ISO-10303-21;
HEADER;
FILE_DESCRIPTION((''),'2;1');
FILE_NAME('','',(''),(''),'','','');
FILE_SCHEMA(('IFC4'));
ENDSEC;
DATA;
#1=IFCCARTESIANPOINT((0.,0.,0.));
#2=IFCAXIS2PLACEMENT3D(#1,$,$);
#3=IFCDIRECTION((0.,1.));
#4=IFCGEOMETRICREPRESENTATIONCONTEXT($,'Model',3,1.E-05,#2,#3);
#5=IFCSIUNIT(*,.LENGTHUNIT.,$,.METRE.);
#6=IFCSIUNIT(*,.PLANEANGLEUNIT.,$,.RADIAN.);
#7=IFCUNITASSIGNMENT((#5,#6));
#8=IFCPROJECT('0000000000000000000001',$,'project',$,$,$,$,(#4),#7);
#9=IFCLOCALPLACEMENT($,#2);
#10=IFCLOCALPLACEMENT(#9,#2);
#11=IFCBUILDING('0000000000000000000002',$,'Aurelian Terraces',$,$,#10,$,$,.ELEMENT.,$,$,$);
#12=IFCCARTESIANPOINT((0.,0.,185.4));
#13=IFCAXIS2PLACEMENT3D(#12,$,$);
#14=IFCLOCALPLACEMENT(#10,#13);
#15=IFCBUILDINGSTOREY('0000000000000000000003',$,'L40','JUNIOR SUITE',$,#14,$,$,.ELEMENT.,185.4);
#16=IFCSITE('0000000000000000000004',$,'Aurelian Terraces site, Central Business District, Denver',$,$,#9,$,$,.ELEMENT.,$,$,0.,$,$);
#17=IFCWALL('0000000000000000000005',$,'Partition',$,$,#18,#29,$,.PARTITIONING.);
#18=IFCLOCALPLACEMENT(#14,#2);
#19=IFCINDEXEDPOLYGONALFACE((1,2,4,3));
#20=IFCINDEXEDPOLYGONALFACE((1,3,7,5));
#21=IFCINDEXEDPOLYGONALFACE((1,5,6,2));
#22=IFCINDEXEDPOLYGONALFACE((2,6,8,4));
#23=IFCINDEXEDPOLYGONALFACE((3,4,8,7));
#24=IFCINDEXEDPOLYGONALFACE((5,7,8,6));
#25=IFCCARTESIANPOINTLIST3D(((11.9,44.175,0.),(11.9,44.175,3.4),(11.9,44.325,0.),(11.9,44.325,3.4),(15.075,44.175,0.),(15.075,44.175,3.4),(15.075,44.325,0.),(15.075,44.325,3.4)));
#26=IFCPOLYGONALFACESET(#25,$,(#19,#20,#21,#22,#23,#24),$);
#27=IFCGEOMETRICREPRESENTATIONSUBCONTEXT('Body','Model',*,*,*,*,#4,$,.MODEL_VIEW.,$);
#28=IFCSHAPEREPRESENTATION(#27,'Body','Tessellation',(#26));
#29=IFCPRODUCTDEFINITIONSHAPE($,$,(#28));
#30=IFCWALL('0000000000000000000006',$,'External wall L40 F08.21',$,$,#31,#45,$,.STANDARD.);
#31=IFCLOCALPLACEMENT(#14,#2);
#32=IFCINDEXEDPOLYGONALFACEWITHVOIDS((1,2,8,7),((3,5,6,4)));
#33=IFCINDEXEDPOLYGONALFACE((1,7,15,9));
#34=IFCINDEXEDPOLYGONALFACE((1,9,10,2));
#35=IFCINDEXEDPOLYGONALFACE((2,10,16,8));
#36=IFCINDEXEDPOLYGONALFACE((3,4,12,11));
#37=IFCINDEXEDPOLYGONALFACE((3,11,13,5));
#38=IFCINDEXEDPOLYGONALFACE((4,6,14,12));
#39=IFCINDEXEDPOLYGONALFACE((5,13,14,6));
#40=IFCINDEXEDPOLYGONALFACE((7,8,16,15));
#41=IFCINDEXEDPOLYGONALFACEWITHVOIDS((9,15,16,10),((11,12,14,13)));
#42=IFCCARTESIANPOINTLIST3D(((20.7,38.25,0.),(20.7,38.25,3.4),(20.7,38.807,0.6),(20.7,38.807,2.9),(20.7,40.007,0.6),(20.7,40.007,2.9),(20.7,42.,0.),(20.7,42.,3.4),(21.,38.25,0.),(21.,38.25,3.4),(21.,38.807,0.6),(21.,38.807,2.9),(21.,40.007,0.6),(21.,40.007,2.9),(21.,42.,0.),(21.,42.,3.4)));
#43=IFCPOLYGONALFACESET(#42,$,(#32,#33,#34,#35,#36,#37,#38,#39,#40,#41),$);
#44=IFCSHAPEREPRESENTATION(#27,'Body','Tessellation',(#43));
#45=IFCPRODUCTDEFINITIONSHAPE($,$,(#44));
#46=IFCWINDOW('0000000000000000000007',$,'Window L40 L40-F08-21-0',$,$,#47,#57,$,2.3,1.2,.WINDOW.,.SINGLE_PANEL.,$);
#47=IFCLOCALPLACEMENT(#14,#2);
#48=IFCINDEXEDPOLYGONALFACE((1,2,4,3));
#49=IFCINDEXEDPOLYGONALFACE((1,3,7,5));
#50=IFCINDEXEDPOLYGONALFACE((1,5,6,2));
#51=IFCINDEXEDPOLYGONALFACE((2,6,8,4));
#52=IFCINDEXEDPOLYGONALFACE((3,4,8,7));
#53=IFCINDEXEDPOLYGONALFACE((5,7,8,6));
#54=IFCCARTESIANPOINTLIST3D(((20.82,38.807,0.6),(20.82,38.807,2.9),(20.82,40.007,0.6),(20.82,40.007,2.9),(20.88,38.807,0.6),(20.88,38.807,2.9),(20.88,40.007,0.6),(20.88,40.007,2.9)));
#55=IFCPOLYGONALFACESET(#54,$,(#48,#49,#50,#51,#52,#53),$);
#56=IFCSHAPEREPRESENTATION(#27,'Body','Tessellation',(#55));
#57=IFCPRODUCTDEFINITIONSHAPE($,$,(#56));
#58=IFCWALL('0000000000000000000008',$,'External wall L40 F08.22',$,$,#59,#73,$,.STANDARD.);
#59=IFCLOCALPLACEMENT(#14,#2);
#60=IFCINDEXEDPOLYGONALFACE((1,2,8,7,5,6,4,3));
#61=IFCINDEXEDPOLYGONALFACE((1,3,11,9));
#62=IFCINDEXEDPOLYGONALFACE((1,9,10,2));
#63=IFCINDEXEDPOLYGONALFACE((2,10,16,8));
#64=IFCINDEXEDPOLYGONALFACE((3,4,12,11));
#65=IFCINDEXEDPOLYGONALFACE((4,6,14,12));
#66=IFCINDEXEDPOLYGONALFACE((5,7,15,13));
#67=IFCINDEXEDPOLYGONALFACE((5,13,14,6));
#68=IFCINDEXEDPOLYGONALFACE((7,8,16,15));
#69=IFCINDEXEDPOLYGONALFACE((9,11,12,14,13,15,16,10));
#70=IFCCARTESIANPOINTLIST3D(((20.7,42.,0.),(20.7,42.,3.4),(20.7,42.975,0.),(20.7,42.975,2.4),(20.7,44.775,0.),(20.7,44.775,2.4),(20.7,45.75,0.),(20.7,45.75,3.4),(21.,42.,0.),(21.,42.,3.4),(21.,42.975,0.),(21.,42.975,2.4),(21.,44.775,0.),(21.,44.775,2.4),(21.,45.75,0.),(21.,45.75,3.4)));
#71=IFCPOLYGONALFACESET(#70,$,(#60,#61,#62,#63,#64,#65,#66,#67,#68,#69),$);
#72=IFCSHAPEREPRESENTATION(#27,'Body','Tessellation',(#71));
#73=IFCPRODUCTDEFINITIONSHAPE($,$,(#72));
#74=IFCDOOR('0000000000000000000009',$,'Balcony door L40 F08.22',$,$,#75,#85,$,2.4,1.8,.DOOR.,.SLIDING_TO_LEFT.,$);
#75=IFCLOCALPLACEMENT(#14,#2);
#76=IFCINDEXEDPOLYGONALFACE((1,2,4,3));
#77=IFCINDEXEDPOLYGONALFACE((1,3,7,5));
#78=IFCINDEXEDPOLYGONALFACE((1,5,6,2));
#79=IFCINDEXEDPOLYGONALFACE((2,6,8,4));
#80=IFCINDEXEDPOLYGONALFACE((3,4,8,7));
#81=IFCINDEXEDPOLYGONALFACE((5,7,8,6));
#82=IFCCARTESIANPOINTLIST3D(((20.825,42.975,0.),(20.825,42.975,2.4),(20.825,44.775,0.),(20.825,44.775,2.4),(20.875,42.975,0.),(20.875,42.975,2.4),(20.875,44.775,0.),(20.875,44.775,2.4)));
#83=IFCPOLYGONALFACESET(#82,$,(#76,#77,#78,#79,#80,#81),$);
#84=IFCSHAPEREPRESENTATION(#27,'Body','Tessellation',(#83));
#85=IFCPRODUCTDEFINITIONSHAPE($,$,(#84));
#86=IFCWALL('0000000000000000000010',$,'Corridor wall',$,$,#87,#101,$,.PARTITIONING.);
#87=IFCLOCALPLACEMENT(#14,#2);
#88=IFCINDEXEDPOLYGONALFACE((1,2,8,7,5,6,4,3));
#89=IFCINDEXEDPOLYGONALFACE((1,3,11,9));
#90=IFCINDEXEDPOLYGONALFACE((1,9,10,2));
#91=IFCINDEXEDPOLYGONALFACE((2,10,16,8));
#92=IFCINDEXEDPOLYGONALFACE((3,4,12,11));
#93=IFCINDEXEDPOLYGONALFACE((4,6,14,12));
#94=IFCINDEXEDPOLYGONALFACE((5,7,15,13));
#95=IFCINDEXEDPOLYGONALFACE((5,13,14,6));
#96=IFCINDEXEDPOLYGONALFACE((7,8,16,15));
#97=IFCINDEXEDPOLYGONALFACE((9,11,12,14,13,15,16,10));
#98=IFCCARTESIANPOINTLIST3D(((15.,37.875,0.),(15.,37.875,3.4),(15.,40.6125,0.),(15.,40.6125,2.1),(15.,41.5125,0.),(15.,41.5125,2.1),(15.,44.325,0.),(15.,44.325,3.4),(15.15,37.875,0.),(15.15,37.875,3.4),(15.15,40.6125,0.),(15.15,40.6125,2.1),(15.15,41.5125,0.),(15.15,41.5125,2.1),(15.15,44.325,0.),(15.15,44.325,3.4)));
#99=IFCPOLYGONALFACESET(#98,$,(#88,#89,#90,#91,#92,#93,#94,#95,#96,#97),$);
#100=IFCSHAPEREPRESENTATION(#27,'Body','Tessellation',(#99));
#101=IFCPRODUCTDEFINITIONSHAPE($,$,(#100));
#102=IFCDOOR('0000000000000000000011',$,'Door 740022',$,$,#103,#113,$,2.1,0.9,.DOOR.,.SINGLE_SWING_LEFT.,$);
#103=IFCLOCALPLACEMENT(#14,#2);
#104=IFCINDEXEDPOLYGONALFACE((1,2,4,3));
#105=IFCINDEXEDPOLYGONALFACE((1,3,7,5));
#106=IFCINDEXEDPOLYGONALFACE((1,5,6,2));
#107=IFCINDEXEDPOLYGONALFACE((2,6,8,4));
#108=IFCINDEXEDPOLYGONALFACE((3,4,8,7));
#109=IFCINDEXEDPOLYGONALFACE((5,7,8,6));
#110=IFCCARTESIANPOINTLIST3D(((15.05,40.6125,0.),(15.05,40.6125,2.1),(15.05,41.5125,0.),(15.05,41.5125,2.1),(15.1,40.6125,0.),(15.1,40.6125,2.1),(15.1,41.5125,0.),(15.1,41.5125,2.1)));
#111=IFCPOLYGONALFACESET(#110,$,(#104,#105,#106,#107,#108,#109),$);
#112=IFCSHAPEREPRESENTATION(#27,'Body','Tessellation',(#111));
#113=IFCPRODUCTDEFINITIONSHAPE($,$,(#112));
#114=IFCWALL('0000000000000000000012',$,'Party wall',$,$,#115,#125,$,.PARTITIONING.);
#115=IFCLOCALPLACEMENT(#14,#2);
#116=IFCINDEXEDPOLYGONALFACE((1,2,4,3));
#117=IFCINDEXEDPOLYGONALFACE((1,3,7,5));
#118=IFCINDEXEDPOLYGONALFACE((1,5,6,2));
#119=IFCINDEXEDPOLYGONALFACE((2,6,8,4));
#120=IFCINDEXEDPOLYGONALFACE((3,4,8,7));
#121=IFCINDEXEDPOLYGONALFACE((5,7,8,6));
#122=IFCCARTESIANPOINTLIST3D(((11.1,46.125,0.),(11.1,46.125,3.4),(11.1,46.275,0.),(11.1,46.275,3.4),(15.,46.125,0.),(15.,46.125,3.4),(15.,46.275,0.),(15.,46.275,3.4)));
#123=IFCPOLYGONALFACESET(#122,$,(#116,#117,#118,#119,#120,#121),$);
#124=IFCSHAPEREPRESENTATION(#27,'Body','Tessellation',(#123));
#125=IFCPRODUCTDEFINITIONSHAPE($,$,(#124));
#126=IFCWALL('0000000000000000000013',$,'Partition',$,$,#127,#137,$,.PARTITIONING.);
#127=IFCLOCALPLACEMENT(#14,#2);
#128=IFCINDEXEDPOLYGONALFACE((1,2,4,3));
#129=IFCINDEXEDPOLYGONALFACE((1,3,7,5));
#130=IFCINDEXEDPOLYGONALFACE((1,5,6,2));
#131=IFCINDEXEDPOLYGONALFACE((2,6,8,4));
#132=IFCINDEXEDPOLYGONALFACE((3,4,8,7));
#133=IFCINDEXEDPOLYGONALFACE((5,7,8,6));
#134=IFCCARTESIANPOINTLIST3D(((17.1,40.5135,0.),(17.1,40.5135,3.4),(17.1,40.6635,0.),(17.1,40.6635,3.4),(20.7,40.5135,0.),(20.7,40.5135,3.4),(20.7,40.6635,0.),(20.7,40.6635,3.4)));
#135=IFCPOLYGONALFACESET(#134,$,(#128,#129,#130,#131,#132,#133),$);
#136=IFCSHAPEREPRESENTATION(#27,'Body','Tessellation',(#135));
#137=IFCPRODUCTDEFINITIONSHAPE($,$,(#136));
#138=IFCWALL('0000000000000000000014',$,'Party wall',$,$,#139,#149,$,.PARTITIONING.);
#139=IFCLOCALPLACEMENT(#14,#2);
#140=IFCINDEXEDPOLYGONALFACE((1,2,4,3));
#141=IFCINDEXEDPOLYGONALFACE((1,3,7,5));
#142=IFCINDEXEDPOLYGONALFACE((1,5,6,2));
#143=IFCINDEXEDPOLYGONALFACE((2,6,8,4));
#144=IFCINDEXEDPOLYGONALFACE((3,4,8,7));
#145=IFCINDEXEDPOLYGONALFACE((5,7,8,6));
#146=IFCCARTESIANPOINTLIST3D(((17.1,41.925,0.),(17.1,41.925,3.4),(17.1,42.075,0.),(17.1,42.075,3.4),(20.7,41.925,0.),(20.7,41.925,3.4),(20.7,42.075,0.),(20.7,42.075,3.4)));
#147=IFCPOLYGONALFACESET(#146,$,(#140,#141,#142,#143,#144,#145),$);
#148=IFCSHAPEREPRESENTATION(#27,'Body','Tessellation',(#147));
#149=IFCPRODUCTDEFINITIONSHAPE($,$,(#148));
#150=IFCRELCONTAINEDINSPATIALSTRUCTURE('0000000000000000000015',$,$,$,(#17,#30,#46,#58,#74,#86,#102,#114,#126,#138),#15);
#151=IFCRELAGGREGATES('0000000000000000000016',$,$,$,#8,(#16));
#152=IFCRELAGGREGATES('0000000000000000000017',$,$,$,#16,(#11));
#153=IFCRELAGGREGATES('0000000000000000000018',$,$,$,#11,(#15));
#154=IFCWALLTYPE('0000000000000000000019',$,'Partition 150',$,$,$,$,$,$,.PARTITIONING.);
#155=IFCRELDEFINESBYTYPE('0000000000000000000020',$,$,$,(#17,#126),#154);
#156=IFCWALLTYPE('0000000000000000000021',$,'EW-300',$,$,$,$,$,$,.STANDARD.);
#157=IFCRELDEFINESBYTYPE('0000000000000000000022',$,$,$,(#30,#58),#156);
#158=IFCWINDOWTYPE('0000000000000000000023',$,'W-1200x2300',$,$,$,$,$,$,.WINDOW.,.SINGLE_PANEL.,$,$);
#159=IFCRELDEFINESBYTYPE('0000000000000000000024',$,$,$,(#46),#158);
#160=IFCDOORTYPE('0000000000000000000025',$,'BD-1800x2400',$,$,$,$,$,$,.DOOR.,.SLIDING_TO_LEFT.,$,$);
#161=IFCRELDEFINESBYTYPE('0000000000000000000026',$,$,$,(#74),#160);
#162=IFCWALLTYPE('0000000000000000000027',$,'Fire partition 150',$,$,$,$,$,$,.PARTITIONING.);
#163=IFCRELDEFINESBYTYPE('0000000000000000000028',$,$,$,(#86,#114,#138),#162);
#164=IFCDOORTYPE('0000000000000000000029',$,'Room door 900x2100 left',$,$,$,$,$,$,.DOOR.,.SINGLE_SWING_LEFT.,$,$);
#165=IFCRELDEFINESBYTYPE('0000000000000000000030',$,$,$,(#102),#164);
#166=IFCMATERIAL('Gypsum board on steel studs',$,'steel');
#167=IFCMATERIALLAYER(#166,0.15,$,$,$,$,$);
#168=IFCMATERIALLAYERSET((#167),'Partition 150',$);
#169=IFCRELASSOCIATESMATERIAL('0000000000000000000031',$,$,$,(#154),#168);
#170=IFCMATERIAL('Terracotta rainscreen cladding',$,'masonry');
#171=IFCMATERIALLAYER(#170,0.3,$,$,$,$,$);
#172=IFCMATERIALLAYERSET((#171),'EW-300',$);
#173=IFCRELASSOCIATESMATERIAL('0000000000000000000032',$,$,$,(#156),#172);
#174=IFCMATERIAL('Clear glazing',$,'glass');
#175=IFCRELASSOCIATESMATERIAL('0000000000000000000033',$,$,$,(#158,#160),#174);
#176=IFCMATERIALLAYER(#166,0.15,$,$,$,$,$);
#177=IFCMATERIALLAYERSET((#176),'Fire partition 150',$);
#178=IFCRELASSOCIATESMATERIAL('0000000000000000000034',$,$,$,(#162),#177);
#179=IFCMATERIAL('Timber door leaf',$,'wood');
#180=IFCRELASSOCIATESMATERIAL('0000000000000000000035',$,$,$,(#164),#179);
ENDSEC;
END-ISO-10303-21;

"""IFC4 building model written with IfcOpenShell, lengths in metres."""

from ifc_helpers import new_model, si_unit, direction, frame, frame_2d, origin, place, context, subcontext, project, spatial, rectangle, extrude, source, transform, mapped, material, layer, layer_set, type_object, element, fill, save


model = new_model("IFC4")

# Units and contexts
model_context = context("Model", 3, precision=1e-05, world=origin(), true_north=direction((0.0, 1.0)))
body_context = subcontext(model_context, "Body", "Model", "MODEL_VIEW")
ifc_project = project(units=[si_unit("LENGTHUNIT", "METRE"), si_unit("PLANEANGLEUNIT", "RADIAN")], contexts=[model_context])

# Site, building, storey
site_placement = place(None, origin())
site = spatial("IfcSite", under=ifc_project, at=site_placement, Name="Aurelian Terraces site, Central Business District, Denver", CompositionType="ELEMENT", RefElevation=0.0)
building_placement = place(site_placement, origin())
building = spatial("IfcBuilding", under=site, at=building_placement, Name="Aurelian Terraces", CompositionType="ELEMENT")
storey_placement = place(building_placement, frame((0.0, 0.0, 185.4)))
storey = spatial("IfcBuildingStorey", under=building, at=storey_placement, Name="L40", Description="JUNIOR SUITE", CompositionType="ELEMENT", Elevation=185.4)

# Wall
ifc_material_1 = material(Name="Gypsum board on steel studs", Category="steel")
ifc_layer_1 = layer(ifc_material_1, 0.15)
ifc_layer_set_1 = layer_set([ifc_layer_1], Name="Partition 150")
wall_type_1 = type_object("IfcWallType", Name="Partition 150", PredefinedType="PARTITIONING", material=ifc_layer_set_1)
wall_1_placement = place(storey_placement, frame((15.075, 44.25, 0.0), z_axis=(0.0, 0.0, 1.0), x_axis=(-1.0, 0.0, 0.0)))
element("IfcWall", 1, at=wall_1_placement, inside=storey, type_object=wall_type_1, Name="Partition", PredefinedType="PARTITIONING", context=body_context, shape_type="SweptSolid", body=[
    extrude(rectangle(XDim=3.175, YDim=0.15, at=frame_2d((1.5875, 0.0))), origin(), (0.0, 0.0, 1.0), 3.4),
])

# Wall, opening, window
ifc_material_2 = material(Name="Terracotta rainscreen cladding", Category="masonry")
ifc_layer_2 = layer(ifc_material_2, 0.3)
ifc_layer_set_2 = layer_set([ifc_layer_2], Name="EW-300")
wall_type_2 = type_object("IfcWallType", Name="EW-300", PredefinedType="STANDARD", material=ifc_layer_set_2)
shared_shape_1 = source(origin(), body_context, "Body", "SweptSolid", [
    extrude(rectangle(XDim=3.75, YDim=0.3, at=frame_2d((1.875, 0.0))), origin(), (0.0, 0.0, 1.0), 3.4),
])
wall_2_placement = place(storey_placement, frame((20.85, 38.25, 0.0), z_axis=(0.0, 0.0, 1.0), x_axis=(0.0, 1.0, 0.0)))
wall_2 = element("IfcWall", 2, at=wall_2_placement, inside=storey, type_object=wall_type_2, Name="External wall L40 F08.21", PredefinedType="STANDARD", context=body_context, shape_type="MappedRepresentation", body=[
    mapped(shared_shape_1, transform((0.0, 0.0, 0.0), scale=1.0)),
])
shared_shape_2 = source(origin(), body_context, "Body", "SweptSolid", [
    extrude(rectangle(XDim=1.2, YDim=2.3, at=frame_2d((0.6, 1.15))), frame((0.0, 0.16, 0.0), z_axis=(0.0, -1.0, 0.0), x_axis=(1.0, 0.0, 0.0)), (0.0, 0.0, 1.0), 0.32),
])
opening_1_placement = place(wall_2_placement, frame((0.557, 0.0, 0.6)))
opening_1 = element("IfcOpeningElement", 3, at=opening_1_placement, cuts=wall_2, PredefinedType="OPENING", context=body_context, shape_type="MappedRepresentation", body=[
    mapped(shared_shape_2, transform((0.0, 0.0, 0.0), scale=1.0)),
])
ifc_material_3 = material(Name="Clear glazing", Category="glass")
window_type = type_object("IfcWindowType", Name="W-1200x2300", PartitioningType="SINGLE_PANEL", PredefinedType="WINDOW", material=ifc_material_3)
shared_shape_3 = source(origin(), body_context, "Body", "SweptSolid", [
    extrude(rectangle(XDim=1.2, YDim=2.3, at=frame_2d((0.6, 1.15))), frame((0.0, 0.03, 0.0), z_axis=(0.0, -1.0, 0.0), x_axis=(1.0, 0.0, 0.0)), (0.0, 0.0, 1.0), 0.06),
])
window_placement = place(opening_1_placement, origin())
window = element("IfcWindow", 4, at=window_placement, inside=storey, type_object=window_type, Name="Window L40 L40-F08-21-0", OverallHeight=2.3, OverallWidth=1.2, PartitioningType="SINGLE_PANEL", PredefinedType="WINDOW", context=body_context, shape_type="MappedRepresentation", body=[
    mapped(shared_shape_3, transform((0.0, 0.0, 0.0), scale=1.0)),
])
fill(opening_1, window)

# Walls, openings, doors
wall_3_placement = place(storey_placement, frame((20.85, 42.0, 0.0), z_axis=(0.0, 0.0, 1.0), x_axis=(0.0, 1.0, 0.0)))
wall_3 = element("IfcWall", 5, at=wall_3_placement, inside=storey, type_object=wall_type_2, Name="External wall L40 F08.22", PredefinedType="STANDARD", context=body_context, shape_type="MappedRepresentation", body=[
    mapped(shared_shape_1, transform((0.0, 0.0, 0.0), scale=1.0)),
])
shared_shape_4 = source(origin(), body_context, "Body", "SweptSolid", [
    extrude(rectangle(XDim=1.8, YDim=2.4, at=frame_2d((0.9, 1.2))), frame((0.0, 0.16, 0.0), z_axis=(0.0, -1.0, 0.0), x_axis=(1.0, 0.0, 0.0)), (0.0, 0.0, 1.0), 0.32),
])
opening_2_placement = place(wall_3_placement, frame((0.975, 0.0, 0.0)))
opening_2 = element("IfcOpeningElement", 6, at=opening_2_placement, cuts=wall_3, PredefinedType="OPENING", context=body_context, shape_type="MappedRepresentation", body=[
    mapped(shared_shape_4, transform((0.0, 0.0, 0.0), scale=1.0)),
])
door_type_1 = type_object("IfcDoorType", Name="BD-1800x2400", OperationType="SLIDING_TO_LEFT", PredefinedType="DOOR", material=ifc_material_3)
shared_shape_5 = source(origin(), body_context, "Body", "SweptSolid", [
    extrude(rectangle(XDim=1.8, YDim=2.4, at=frame_2d((0.9, 1.2))), frame((0.0, 0.025, 0.0), z_axis=(0.0, -1.0, 0.0), x_axis=(1.0, 0.0, 0.0)), (0.0, 0.0, 1.0), 0.05),
])
door_1_placement = place(opening_2_placement, origin())
door_1 = element("IfcDoor", 7, at=door_1_placement, inside=storey, type_object=door_type_1, Name="Balcony door L40 F08.22", OperationType="SLIDING_TO_LEFT", OverallHeight=2.4, OverallWidth=1.8, PredefinedType="DOOR", context=body_context, shape_type="MappedRepresentation", body=[
    mapped(shared_shape_5, transform((0.0, 0.0, 0.0), scale=1.0)),
])
fill(opening_2, door_1)
ifc_layer_3 = layer(ifc_material_1, 0.15)
ifc_layer_set_3 = layer_set([ifc_layer_3], Name="Fire partition 150")
wall_type_3 = type_object("IfcWallType", Name="Fire partition 150", PredefinedType="PARTITIONING", material=ifc_layer_set_3)
shared_shape_6 = source(origin(), body_context, "Body", "SweptSolid", [
    extrude(rectangle(XDim=6.45, YDim=0.15, at=frame_2d((3.225, 0.0))), origin(), (0.0, 0.0, 1.0), 3.4),
])
wall_4_placement = place(storey_placement, frame((15.075, 37.875, 0.0), z_axis=(0.0, 0.0, 1.0), x_axis=(0.0, 1.0, 0.0)))
wall_4 = element("IfcWall", 8, at=wall_4_placement, inside=storey, type_object=wall_type_3, Name="Corridor wall", PredefinedType="PARTITIONING", context=body_context, shape_type="MappedRepresentation", body=[
    mapped(shared_shape_6, transform((0.0, 0.0, 0.0), scale=1.0)),
])
shared_shape_7 = source(origin(), body_context, "Body", "SweptSolid", [
    extrude(rectangle(XDim=0.9, YDim=2.1, at=frame_2d((0.45, 1.05))), frame((0.0, 0.085, 0.0), z_axis=(0.0, -1.0, 0.0), x_axis=(1.0, 0.0, 0.0)), (0.0, 0.0, 1.0), 0.17),
])
opening_3_placement = place(wall_4_placement, frame((2.7375, 0.0, 0.0)))
opening_3 = element("IfcOpeningElement", 9, at=opening_3_placement, cuts=wall_4, PredefinedType="OPENING", context=body_context, shape_type="MappedRepresentation", body=[
    mapped(shared_shape_7, transform((0.0, 0.0, 0.0), scale=1.0)),
])
ifc_material_4 = material(Name="Timber door leaf", Category="wood")
door_type_2 = type_object("IfcDoorType", Name="Room door 900x2100 left", OperationType="SINGLE_SWING_LEFT", PredefinedType="DOOR", material=ifc_material_4)
shared_shape_8 = source(origin(), body_context, "Body", "SweptSolid", [
    extrude(rectangle(XDim=0.9, YDim=2.1, at=frame_2d((0.45, 1.05))), frame((0.0, 0.025, 0.0), z_axis=(0.0, -1.0, 0.0), x_axis=(1.0, 0.0, 0.0)), (0.0, 0.0, 1.0), 0.05),
])
door_2_placement = place(opening_3_placement, origin())
door_2 = element("IfcDoor", 10, at=door_2_placement, inside=storey, type_object=door_type_2, Name="Door 740022", OperationType="SINGLE_SWING_LEFT", OverallHeight=2.1, OverallWidth=0.9, PredefinedType="DOOR", context=body_context, shape_type="MappedRepresentation", body=[
    mapped(shared_shape_8, transform((0.0, 0.0, 0.0), scale=1.0)),
])
fill(opening_3, door_2)

# Walls
shared_shape_9 = source(origin(), body_context, "Body", "SweptSolid", [
    extrude(rectangle(XDim=3.9, YDim=0.15, at=frame_2d((1.95, 0.0))), origin(), (0.0, 0.0, 1.0), 3.4),
])
wall_5_placement = place(storey_placement, frame((15.0, 46.2, 0.0), z_axis=(0.0, 0.0, 1.0), x_axis=(-1.0, 0.0, 0.0)))
element("IfcWall", 11, at=wall_5_placement, inside=storey, type_object=wall_type_3, Name="Party wall", PredefinedType="PARTITIONING", context=body_context, shape_type="MappedRepresentation", body=[
    mapped(shared_shape_9, transform((0.0, 0.0, 0.0), scale=1.0)),
])
shared_shape_10 = source(origin(), body_context, "Body", "SweptSolid", [
    extrude(rectangle(XDim=3.6, YDim=0.15, at=frame_2d((1.8, 0.0))), origin(), (0.0, 0.0, 1.0), 3.4),
])
wall_6_placement = place(storey_placement, frame((17.1, 40.5885, 0.0), z_axis=(0.0, 0.0, 1.0), x_axis=(1.0, 0.0, 0.0)))
element("IfcWall", 12, at=wall_6_placement, inside=storey, type_object=wall_type_1, Name="Partition", PredefinedType="PARTITIONING", context=body_context, shape_type="MappedRepresentation", body=[
    mapped(shared_shape_10, transform((0.0, 0.0, 0.0), scale=1.0)),
])
wall_7_placement = place(storey_placement, frame((20.7, 42.0, 0.0), z_axis=(0.0, 0.0, 1.0), x_axis=(-1.0, 0.0, 0.0)))
element("IfcWall", 13, at=wall_7_placement, inside=storey, type_object=wall_type_3, Name="Party wall", PredefinedType="PARTITIONING", context=body_context, shape_type="MappedRepresentation", body=[
    mapped(shared_shape_10, transform((0.0, 0.0, 0.0), scale=1.0)),
])

save(model, "model.ifc")
